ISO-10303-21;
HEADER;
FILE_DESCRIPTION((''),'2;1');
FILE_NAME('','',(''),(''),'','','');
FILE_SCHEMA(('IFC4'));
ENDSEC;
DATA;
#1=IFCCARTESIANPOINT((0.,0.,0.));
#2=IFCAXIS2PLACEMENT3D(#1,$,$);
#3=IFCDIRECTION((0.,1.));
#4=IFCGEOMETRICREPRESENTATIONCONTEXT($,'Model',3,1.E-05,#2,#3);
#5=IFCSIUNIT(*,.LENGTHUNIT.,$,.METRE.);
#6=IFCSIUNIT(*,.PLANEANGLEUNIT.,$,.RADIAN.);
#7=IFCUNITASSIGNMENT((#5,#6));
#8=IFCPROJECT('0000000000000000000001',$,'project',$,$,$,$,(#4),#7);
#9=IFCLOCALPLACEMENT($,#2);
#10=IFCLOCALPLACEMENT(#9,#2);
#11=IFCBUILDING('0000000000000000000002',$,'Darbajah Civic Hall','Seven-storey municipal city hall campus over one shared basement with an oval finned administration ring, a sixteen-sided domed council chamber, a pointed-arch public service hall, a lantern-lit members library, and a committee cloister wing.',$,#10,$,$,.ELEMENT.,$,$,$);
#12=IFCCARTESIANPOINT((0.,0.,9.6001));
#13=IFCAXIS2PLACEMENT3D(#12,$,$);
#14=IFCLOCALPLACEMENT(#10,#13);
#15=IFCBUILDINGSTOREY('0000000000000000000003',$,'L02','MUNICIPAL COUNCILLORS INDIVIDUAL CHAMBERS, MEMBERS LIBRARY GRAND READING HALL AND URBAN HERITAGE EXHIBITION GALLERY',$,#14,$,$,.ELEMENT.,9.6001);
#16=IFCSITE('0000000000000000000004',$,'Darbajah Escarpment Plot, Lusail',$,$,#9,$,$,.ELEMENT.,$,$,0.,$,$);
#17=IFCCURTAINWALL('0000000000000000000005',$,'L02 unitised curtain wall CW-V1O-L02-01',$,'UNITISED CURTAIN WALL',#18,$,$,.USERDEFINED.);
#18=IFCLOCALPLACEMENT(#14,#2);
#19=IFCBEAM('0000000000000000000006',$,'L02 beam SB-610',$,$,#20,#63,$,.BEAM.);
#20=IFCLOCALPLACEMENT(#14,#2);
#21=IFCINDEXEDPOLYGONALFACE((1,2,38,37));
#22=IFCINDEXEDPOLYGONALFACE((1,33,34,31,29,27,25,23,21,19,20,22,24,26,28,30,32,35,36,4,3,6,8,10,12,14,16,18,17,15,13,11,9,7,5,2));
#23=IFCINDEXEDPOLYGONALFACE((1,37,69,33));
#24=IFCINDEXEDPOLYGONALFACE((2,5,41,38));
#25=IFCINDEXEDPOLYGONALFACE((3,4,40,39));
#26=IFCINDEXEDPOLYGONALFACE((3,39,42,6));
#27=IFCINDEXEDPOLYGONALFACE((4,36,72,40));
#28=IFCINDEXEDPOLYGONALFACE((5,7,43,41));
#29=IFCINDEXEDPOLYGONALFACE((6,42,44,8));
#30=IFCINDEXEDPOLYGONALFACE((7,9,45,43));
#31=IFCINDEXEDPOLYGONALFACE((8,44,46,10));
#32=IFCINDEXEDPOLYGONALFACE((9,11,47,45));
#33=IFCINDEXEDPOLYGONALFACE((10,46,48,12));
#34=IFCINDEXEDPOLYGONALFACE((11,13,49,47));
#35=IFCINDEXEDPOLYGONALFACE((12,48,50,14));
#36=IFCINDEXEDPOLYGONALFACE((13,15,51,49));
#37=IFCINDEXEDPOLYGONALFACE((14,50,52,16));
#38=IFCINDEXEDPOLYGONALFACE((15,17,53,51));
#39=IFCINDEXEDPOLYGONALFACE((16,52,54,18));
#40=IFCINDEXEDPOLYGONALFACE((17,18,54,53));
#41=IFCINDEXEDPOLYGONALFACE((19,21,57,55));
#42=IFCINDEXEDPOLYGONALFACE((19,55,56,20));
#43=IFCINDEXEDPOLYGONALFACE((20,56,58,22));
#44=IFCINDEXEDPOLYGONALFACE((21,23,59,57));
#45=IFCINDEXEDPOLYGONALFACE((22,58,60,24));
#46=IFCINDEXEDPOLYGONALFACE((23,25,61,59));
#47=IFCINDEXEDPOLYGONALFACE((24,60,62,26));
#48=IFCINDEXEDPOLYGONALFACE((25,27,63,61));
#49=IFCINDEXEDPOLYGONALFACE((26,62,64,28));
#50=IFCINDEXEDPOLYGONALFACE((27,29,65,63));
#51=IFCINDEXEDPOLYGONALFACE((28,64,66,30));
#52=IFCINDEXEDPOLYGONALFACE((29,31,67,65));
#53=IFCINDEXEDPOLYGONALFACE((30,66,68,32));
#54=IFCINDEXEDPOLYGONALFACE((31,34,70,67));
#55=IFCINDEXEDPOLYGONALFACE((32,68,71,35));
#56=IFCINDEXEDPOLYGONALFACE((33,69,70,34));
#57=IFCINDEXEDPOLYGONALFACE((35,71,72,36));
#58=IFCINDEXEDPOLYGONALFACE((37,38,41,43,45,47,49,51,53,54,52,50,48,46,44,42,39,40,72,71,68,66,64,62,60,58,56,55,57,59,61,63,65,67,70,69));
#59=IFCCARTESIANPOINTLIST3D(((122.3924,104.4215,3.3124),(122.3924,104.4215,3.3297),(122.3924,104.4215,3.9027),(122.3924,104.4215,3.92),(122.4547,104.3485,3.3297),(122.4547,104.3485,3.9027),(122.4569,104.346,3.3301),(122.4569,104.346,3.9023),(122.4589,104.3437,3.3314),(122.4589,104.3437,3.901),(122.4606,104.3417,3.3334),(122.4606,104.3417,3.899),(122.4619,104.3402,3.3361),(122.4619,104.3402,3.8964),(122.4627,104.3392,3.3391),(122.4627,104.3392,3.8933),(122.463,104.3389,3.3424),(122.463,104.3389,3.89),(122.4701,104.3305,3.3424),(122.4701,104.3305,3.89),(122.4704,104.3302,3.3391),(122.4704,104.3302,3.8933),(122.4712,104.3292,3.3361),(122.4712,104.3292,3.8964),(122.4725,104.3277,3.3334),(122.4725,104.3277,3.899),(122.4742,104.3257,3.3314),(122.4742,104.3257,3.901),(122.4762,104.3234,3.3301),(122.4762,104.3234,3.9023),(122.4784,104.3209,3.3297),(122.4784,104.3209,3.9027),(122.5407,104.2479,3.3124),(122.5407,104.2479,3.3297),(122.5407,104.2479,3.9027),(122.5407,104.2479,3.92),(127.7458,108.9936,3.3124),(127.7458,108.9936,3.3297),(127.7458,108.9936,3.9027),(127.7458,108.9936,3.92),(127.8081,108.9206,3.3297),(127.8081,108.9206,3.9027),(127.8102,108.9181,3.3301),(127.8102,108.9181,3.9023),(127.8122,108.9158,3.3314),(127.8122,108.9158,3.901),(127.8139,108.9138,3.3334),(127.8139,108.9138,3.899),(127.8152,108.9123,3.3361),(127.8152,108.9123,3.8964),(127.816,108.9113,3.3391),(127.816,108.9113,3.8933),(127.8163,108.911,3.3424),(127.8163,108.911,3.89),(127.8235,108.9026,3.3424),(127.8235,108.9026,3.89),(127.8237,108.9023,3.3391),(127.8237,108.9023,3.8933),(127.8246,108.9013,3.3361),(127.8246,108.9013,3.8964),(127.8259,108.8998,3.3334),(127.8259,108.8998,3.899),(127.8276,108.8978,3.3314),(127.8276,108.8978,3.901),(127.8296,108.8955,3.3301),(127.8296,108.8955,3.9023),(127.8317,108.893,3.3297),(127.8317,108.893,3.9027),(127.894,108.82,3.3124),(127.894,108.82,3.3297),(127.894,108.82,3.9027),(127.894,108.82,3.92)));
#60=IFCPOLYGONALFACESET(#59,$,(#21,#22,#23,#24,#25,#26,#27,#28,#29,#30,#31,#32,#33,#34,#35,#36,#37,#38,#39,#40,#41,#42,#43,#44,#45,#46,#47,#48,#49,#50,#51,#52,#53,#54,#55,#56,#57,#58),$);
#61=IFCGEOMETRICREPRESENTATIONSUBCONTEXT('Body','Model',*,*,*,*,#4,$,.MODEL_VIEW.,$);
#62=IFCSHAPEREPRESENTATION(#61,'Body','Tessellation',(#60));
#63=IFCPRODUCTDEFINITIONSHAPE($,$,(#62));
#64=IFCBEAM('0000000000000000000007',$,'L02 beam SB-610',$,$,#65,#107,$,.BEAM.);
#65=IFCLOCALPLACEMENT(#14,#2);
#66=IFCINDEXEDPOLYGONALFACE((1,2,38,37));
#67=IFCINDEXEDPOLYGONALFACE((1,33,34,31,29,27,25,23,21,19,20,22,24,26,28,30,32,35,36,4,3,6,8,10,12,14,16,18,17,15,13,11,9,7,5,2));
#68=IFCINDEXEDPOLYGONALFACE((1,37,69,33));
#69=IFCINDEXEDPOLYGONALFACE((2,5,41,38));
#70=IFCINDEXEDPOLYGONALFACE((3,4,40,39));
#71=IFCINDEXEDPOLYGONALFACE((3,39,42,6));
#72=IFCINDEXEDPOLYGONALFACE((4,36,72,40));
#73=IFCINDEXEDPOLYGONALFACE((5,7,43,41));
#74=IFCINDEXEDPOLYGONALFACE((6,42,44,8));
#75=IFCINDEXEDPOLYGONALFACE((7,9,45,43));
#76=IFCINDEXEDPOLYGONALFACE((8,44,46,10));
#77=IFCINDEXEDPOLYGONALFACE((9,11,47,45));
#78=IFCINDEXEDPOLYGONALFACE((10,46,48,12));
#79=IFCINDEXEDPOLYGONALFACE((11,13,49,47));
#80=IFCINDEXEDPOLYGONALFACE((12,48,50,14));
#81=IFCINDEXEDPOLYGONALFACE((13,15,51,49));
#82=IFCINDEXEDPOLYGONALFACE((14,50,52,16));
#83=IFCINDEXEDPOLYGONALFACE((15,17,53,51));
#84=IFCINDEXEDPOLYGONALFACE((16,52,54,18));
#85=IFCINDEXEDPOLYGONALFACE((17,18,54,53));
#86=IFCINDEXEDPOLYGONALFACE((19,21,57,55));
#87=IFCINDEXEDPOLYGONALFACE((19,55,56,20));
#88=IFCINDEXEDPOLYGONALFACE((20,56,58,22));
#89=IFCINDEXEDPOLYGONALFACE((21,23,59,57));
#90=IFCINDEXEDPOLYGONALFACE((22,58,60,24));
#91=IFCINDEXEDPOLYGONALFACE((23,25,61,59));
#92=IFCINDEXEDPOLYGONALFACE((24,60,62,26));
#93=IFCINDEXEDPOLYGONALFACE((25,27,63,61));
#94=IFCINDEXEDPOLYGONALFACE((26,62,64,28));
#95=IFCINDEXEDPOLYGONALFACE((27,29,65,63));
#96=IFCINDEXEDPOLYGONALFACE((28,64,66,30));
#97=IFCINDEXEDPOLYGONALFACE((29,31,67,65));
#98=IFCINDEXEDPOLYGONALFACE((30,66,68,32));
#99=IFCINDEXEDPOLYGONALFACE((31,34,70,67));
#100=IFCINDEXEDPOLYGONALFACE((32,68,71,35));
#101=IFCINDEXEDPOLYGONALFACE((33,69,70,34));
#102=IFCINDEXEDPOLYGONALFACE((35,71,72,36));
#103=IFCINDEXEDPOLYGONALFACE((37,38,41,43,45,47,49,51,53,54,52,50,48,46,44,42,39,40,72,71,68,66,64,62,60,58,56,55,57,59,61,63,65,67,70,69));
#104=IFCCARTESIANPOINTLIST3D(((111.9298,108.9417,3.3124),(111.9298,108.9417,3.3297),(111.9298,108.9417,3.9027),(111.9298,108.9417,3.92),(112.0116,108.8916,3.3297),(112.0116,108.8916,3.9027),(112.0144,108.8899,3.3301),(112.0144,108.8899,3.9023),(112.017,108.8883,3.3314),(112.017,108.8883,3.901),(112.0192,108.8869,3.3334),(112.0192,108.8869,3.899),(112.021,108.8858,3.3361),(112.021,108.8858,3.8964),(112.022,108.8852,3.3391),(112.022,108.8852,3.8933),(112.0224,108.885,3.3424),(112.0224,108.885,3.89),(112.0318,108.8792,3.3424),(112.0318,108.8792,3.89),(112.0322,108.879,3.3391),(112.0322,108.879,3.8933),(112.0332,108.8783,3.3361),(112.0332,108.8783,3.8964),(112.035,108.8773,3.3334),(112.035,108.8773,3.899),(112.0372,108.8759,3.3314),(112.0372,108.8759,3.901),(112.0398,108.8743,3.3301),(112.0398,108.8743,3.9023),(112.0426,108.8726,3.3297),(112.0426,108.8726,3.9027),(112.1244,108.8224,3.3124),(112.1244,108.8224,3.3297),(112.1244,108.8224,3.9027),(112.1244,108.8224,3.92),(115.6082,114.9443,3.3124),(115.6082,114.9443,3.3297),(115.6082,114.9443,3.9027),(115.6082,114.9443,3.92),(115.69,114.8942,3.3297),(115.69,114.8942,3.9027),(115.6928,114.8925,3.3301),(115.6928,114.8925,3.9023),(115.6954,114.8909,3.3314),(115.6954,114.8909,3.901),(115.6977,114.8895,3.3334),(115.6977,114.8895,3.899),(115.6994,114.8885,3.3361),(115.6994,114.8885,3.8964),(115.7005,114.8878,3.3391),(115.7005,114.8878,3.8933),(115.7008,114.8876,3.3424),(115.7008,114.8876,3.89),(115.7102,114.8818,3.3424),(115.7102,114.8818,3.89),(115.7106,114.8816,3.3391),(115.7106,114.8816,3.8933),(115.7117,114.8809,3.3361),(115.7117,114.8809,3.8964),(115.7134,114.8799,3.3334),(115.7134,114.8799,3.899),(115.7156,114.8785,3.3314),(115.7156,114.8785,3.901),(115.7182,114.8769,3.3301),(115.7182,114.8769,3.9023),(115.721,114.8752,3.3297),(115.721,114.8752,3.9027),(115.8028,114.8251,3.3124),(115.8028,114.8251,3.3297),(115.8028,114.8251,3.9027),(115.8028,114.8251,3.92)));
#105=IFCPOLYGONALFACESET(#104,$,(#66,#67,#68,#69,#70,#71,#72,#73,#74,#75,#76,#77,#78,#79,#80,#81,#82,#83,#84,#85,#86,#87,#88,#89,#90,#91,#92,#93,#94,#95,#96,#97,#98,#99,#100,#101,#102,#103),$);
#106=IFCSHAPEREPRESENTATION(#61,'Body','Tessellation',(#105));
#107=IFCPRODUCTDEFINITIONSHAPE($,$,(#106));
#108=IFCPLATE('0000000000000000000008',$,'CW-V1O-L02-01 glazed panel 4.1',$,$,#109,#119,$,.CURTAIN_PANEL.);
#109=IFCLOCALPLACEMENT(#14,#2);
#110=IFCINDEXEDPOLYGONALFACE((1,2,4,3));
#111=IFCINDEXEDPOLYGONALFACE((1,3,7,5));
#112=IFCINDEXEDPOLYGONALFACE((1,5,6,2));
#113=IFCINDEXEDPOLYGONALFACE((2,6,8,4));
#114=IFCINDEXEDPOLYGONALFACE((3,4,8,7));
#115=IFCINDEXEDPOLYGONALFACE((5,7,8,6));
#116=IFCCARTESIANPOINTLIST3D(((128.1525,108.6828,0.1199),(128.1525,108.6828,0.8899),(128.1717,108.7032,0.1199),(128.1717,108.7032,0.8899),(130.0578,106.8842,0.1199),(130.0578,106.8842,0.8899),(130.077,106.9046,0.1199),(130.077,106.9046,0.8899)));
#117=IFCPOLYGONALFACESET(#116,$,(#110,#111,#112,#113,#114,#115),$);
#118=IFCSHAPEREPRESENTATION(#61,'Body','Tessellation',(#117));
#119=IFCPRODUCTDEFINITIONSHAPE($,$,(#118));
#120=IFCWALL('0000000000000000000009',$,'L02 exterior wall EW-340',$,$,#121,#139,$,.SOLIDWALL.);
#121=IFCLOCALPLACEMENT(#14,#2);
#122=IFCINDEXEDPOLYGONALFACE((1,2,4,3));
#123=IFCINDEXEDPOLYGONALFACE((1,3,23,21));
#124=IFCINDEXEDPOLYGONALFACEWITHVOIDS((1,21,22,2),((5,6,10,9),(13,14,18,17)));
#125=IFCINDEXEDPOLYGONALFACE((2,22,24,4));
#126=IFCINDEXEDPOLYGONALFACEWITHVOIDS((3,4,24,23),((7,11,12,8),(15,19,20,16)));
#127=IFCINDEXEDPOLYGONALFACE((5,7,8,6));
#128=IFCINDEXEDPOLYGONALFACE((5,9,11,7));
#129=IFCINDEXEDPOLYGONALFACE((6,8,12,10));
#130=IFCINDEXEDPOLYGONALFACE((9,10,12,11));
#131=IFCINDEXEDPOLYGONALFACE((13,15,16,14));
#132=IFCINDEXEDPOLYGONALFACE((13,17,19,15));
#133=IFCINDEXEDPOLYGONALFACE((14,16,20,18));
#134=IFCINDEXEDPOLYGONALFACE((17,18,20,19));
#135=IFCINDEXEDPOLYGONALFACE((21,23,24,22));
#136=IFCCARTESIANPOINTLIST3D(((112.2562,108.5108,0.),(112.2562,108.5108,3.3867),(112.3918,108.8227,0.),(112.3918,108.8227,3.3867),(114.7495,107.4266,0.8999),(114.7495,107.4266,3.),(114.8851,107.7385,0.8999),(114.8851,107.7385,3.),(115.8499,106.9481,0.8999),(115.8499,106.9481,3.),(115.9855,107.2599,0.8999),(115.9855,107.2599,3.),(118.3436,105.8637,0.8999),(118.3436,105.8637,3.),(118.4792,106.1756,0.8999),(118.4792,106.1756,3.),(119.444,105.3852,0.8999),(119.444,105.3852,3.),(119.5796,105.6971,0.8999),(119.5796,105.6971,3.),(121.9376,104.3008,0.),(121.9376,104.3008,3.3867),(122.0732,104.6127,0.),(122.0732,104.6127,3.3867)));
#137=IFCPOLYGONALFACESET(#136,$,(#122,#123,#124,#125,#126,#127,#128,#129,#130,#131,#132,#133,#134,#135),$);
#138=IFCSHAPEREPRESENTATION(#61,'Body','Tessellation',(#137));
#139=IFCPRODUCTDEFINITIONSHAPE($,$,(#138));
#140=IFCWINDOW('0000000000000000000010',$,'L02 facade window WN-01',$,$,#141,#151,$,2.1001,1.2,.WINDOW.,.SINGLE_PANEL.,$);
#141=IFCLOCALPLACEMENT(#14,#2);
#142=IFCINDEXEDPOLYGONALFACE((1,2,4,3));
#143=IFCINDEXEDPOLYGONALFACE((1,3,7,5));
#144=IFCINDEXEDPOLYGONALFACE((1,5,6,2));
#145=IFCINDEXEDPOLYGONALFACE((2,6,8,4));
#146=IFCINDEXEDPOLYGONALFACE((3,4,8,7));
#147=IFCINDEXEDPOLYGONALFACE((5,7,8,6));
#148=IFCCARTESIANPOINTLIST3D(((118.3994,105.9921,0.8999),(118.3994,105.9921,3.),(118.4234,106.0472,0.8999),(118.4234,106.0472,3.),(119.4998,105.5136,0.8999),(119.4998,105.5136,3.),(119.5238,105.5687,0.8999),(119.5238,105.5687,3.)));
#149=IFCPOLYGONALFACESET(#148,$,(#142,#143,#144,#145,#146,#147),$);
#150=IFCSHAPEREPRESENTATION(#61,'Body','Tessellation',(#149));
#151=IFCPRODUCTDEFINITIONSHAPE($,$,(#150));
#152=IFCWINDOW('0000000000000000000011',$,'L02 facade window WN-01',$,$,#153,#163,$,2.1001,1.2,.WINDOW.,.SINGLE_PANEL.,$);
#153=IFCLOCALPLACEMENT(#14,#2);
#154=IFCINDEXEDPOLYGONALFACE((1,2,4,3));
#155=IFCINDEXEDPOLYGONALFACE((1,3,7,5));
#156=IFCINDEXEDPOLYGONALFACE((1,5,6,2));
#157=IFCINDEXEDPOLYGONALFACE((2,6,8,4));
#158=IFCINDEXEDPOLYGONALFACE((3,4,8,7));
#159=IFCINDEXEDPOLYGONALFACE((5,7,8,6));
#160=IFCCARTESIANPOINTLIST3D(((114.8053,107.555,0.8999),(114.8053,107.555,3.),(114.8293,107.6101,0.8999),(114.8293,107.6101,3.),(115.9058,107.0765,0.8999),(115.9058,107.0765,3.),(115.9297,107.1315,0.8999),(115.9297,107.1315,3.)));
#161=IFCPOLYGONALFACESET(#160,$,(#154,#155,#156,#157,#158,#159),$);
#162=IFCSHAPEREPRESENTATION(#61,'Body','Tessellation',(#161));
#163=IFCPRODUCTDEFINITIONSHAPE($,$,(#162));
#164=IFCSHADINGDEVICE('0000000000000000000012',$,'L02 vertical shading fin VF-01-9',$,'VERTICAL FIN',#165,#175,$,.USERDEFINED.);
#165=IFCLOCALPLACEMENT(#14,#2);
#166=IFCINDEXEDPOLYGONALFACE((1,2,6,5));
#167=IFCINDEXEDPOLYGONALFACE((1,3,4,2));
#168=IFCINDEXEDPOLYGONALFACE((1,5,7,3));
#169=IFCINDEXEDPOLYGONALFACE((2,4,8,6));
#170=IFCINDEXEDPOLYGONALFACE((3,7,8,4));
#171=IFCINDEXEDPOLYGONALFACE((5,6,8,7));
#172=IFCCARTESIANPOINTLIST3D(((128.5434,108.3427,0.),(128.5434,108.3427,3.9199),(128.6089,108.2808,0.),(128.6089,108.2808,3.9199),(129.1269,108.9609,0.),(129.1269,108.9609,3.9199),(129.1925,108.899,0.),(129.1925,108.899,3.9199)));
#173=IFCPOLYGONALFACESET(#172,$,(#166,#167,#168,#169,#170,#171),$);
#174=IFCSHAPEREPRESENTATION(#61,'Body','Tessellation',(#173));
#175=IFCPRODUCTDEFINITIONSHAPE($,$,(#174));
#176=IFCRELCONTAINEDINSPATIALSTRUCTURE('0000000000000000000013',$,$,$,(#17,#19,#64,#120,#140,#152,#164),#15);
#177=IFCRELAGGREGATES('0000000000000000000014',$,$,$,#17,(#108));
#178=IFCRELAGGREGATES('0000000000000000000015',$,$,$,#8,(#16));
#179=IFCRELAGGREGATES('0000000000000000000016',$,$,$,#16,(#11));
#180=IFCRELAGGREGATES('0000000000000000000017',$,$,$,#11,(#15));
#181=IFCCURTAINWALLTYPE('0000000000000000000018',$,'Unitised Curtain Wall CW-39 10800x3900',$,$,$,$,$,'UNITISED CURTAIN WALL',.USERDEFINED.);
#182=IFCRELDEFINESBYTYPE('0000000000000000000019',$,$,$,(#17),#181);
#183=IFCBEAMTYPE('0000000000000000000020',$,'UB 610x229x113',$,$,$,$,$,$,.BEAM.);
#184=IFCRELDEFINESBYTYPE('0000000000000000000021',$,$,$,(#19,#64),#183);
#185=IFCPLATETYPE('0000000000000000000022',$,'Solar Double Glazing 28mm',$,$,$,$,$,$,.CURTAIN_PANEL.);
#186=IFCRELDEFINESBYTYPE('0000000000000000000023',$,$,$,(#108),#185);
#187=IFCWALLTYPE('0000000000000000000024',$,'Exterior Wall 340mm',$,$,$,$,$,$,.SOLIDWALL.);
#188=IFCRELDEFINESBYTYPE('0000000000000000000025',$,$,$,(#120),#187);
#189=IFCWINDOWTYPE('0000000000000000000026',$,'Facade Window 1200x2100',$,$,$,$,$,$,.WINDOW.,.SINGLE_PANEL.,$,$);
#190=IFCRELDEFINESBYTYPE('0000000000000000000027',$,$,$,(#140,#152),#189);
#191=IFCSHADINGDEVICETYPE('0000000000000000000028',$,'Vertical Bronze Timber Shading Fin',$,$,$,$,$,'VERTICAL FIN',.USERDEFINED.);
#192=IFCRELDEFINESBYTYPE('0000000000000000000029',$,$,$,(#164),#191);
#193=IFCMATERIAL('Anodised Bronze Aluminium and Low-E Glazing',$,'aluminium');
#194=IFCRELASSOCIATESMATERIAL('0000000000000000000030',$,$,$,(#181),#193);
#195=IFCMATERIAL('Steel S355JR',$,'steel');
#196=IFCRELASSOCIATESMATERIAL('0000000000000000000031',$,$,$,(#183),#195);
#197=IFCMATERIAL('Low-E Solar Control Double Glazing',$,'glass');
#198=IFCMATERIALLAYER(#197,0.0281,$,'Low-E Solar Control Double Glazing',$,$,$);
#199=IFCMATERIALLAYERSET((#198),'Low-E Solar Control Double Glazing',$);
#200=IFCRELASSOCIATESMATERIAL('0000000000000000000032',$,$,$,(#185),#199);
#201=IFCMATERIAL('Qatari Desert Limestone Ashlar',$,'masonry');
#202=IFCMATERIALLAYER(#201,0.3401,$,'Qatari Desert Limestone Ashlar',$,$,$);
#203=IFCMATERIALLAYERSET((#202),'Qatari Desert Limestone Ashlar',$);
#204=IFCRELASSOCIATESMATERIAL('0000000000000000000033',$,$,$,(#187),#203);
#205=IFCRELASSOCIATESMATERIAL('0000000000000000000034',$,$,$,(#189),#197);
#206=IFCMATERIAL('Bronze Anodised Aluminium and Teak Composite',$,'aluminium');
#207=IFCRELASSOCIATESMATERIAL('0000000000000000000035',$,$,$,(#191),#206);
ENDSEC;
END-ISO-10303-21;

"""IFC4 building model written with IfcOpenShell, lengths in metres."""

from ifc_helpers import new_model, si_unit, direction, frame, frame_2d, origin, origin_2d, place, context, subcontext, project, spatial, rectangle, i_section, extrude, material, layer, layer_set, material_profile, profile_set, type_object, element, fill, aggregate, save


model = new_model("IFC4")

# Units and contexts
model_context = context("Model", 3, precision=1e-05, world=origin(), true_north=direction((0.0, 1.0)))
body_context = subcontext(model_context, "Body", "Model", "MODEL_VIEW")
ifc_project = project(units=[si_unit("LENGTHUNIT", "METRE"), si_unit("PLANEANGLEUNIT", "RADIAN")], contexts=[model_context])

# Site, building, storey
site_placement = place(None, origin())
site = spatial("IfcSite", under=ifc_project, at=site_placement, Name="Darbajah Escarpment Plot, Lusail", CompositionType="ELEMENT", RefElevation=0.0)
building_placement = place(site_placement, origin())
building = spatial("IfcBuilding", under=site, at=building_placement, Name="Darbajah Civic Hall", Description="Seven-storey municipal city hall campus over one shared basement with an oval finned administration ring, a sixteen-sided domed council chamber, a pointed-arch public service hall, a lantern-lit members library, and a committee cloister wing.", CompositionType="ELEMENT")
storey_placement = place(building_placement, frame((0.0, 0.0, 9.6001)))
storey = spatial("IfcBuildingStorey", under=building, at=storey_placement, Name="L02", Description="MUNICIPAL COUNCILLORS INDIVIDUAL CHAMBERS, MEMBERS LIBRARY GRAND READING HALL AND URBAN HERITAGE EXHIBITION GALLERY", CompositionType="ELEMENT", Elevation=9.6001)

# Curtain wall
ifc_material_1 = material(Name="Anodised Bronze Aluminium and Low-E Glazing", Category="aluminium")
curtain_wall_type_1 = type_object("IfcCurtainWallType", Name="Unitised Curtain Wall CW-39 10800x3900", ElementType="UNITISED CURTAIN WALL", PredefinedType="USERDEFINED", material=ifc_material_1)
curtain_wall_1_placement = place(storey_placement, origin())
curtain_wall_1 = element("IfcCurtainWall", 1, at=curtain_wall_1_placement, inside=storey, type_object=curtain_wall_type_1, Name="L02 unitised curtain wall CW-V1O-L02-01", ObjectType="UNITISED CURTAIN WALL", PredefinedType="USERDEFINED")

# Beams
ifc_material_2 = material(Name="Steel S355JR", Category="steel")
ifc_material_profile_1 = material_profile(ifc_material_2, i_section(OverallWidth=0.2283, OverallDepth=0.6077, WebThickness=0.011, FlangeThickness=0.0173, FilletRadius=0.0127, at=origin_2d()), Name="UB 610x229x113")
ifc_profile_set_1 = profile_set([ifc_material_profile_1], Name="Steel S355JR")
beam_type_1 = type_object("IfcBeamType", Name="UB 610x229x113", PredefinedType="BEAM", material=ifc_profile_set_1)
for number, where, z_axis, x_axis, name in (
    (2, (122.4666, 104.3347, 3.6162), (0.760413, 0.649439, 0.0), (-0.649439, 0.760413, 0.0), "L02 beam SB-610"),
    (3, (112.0271, 108.8821, 3.6162), (0.5225, 0.852639, 0.0), (-0.852639, 0.5225, 0.0), "L02 beam SB-610"),
):
    element("IfcBeam", number, at=place(storey_placement, frame(where, z_axis=z_axis, x_axis=x_axis)), inside=storey, type_object=beam_type_1, Name=name, PredefinedType="BEAM", context=body_context, shape_type="SweptSolid", body=[
        extrude(i_section(OverallWidth=0.2283, OverallDepth=0.6077, WebThickness=0.011, FlangeThickness=0.0173, FilletRadius=0.0127, at=origin_2d()), origin(), (0.0, 0.0, 1.0), 7.04),
    ])

# Plate
ifc_material_3 = material(Name="Low-E Solar Control Double Glazing", Category="glass")
ifc_layer_1 = layer(ifc_material_3, 0.0281, Name="Low-E Solar Control Double Glazing")
ifc_layer_set_1 = layer_set([ifc_layer_1], Name="Low-E Solar Control Double Glazing")
plate_type = type_object("IfcPlateType", Name="Solar Double Glazing 28mm", PredefinedType="CURTAIN_PANEL", material=ifc_layer_set_1)
plate_placement = place(storey_placement, frame((129.1147, 107.7937, 0.1199), z_axis=(0.0, 0.0, 1.0), x_axis=(-0.727174, 0.686453, 0.0)))
plate = element("IfcPlate", 4, at=plate_placement, type_object=plate_type, Name="CW-V1O-L02-01 glazed panel 4.1", PredefinedType="CURTAIN_PANEL", context=body_context, shape_type="SweptSolid", body=[
    extrude(rectangle(XDim=2.6201, YDim=0.0281, at=origin_2d()), origin(), (0.0, 0.0, 1.0), 0.77),
])
aggregate(curtain_wall_1, [plate])

# Wall, openings, windows
ifc_material_4 = material(Name="Qatari Desert Limestone Ashlar", Category="masonry")
ifc_layer_2 = layer(ifc_material_4, 0.3401, Name="Qatari Desert Limestone Ashlar")
ifc_layer_set_2 = layer_set([ifc_layer_2], Name="Qatari Desert Limestone Ashlar")
wall_type = type_object("IfcWallType", Name="Exterior Wall 340mm", PredefinedType="SOLIDWALL", material=ifc_layer_set_2)
wall_placement = place(storey_placement, frame((122.0054, 104.4568, 0.0), z_axis=(0.0, 0.0, 1.0), x_axis=(-0.917047, 0.398779, 0.0)))
wall = element("IfcWall", 5, at=wall_placement, inside=storey, type_object=wall_type, Name="L02 exterior wall EW-340", PredefinedType="SOLIDWALL", context=body_context, shape_type="SweptSolid", body=[
    extrude(rectangle(XDim=10.5571, YDim=0.3401, at=frame_2d((5.2786, 0.0))), origin(), (0.0, 0.0, 1.0), 3.3867),
])
opening_1_placement = place(wall_placement, frame((2.719, 0.0, 0.8999)))
opening_1 = element("IfcOpeningElement", 6, at=opening_1_placement, cuts=wall, PredefinedType="OPENING", context=body_context, shape_type="SweptSolid", body=[
    extrude(rectangle(XDim=1.2, YDim=2.1001, at=frame_2d((0.6001, 1.05))), frame((0.0, 0.1799, 0.0), z_axis=(0.0, -1.0, 0.0), x_axis=(1.0, 0.0, 0.0)), (0.0, 0.0, 1.0), 0.3601),
])
opening_2_placement = place(wall_placement, frame((6.6382, 0.0, 0.8999)))
opening_2 = element("IfcOpeningElement", 7, at=opening_2_placement, cuts=wall, PredefinedType="OPENING", context=body_context, shape_type="SweptSolid", body=[
    extrude(rectangle(XDim=1.2, YDim=2.1001, at=frame_2d((0.6001, 1.05))), frame((0.0, 0.1799, 0.0), z_axis=(0.0, -1.0, 0.0), x_axis=(1.0, 0.0, 0.0)), (0.0, 0.0, 1.0), 0.3601),
])
window_type = type_object("IfcWindowType", Name="Facade Window 1200x2100", PartitioningType="SINGLE_PANEL", PredefinedType="WINDOW", material=ifc_material_3)
window_1_placement = place(opening_1_placement, origin())
window_1 = element("IfcWindow", 8, at=window_1_placement, inside=storey, type_object=window_type, Name="L02 facade window WN-01", OverallHeight=2.1001, OverallWidth=1.2, PartitioningType="SINGLE_PANEL", PredefinedType="WINDOW", context=body_context, shape_type="SweptSolid", body=[
    extrude(rectangle(XDim=1.2, YDim=2.1001, at=frame_2d((0.6001, 1.05))), frame((0.0, 0.03, 0.0), z_axis=(0.0, -1.0, 0.0), x_axis=(1.0, 0.0, 0.0)), (0.0, 0.0, 1.0), 0.0601),
])
fill(opening_1, window_1)
window_2_placement = place(opening_2_placement, origin())
window_2 = element("IfcWindow", 9, at=window_2_placement, inside=storey, type_object=window_type, Name="L02 facade window WN-01", OverallHeight=2.1001, OverallWidth=1.2, PartitioningType="SINGLE_PANEL", PredefinedType="WINDOW", context=body_context, shape_type="SweptSolid", body=[
    extrude(rectangle(XDim=1.2, YDim=2.1001, at=frame_2d((0.6001, 1.05))), frame((0.0, 0.03, 0.0), z_axis=(0.0, -1.0, 0.0), x_axis=(1.0, 0.0, 0.0)), (0.0, 0.0, 1.0), 0.0601),
])
fill(opening_2, window_2)

# Shading device
ifc_material_5 = material(Name="Bronze Anodised Aluminium and Teak Composite", Category="aluminium")
shading_device_type = type_object("IfcShadingDeviceType", Name="Vertical Bronze Timber Shading Fin", ElementType="VERTICAL FIN", PredefinedType="USERDEFINED", material=ifc_material_5)
shading_device_placement = place(storey_placement, frame((128.8679, 108.6208, 0.0), z_axis=(0.0, 0.0, 1.0), x_axis=(0.686453, 0.727174, 0.0)))
element("IfcShadingDevice", 10, at=shading_device_placement, inside=storey, type_object=shading_device_type, Name="L02 vertical shading fin VF-01-9", ObjectType="VERTICAL FIN", PredefinedType="USERDEFINED", context=body_context, shape_type="SweptSolid", body=[
    extrude(rectangle(XDim=0.8501, YDim=0.0901, at=origin_2d()), origin(), (0.0, 0.0, 1.0), 3.9199),
])

save(model, "model.ifc")
